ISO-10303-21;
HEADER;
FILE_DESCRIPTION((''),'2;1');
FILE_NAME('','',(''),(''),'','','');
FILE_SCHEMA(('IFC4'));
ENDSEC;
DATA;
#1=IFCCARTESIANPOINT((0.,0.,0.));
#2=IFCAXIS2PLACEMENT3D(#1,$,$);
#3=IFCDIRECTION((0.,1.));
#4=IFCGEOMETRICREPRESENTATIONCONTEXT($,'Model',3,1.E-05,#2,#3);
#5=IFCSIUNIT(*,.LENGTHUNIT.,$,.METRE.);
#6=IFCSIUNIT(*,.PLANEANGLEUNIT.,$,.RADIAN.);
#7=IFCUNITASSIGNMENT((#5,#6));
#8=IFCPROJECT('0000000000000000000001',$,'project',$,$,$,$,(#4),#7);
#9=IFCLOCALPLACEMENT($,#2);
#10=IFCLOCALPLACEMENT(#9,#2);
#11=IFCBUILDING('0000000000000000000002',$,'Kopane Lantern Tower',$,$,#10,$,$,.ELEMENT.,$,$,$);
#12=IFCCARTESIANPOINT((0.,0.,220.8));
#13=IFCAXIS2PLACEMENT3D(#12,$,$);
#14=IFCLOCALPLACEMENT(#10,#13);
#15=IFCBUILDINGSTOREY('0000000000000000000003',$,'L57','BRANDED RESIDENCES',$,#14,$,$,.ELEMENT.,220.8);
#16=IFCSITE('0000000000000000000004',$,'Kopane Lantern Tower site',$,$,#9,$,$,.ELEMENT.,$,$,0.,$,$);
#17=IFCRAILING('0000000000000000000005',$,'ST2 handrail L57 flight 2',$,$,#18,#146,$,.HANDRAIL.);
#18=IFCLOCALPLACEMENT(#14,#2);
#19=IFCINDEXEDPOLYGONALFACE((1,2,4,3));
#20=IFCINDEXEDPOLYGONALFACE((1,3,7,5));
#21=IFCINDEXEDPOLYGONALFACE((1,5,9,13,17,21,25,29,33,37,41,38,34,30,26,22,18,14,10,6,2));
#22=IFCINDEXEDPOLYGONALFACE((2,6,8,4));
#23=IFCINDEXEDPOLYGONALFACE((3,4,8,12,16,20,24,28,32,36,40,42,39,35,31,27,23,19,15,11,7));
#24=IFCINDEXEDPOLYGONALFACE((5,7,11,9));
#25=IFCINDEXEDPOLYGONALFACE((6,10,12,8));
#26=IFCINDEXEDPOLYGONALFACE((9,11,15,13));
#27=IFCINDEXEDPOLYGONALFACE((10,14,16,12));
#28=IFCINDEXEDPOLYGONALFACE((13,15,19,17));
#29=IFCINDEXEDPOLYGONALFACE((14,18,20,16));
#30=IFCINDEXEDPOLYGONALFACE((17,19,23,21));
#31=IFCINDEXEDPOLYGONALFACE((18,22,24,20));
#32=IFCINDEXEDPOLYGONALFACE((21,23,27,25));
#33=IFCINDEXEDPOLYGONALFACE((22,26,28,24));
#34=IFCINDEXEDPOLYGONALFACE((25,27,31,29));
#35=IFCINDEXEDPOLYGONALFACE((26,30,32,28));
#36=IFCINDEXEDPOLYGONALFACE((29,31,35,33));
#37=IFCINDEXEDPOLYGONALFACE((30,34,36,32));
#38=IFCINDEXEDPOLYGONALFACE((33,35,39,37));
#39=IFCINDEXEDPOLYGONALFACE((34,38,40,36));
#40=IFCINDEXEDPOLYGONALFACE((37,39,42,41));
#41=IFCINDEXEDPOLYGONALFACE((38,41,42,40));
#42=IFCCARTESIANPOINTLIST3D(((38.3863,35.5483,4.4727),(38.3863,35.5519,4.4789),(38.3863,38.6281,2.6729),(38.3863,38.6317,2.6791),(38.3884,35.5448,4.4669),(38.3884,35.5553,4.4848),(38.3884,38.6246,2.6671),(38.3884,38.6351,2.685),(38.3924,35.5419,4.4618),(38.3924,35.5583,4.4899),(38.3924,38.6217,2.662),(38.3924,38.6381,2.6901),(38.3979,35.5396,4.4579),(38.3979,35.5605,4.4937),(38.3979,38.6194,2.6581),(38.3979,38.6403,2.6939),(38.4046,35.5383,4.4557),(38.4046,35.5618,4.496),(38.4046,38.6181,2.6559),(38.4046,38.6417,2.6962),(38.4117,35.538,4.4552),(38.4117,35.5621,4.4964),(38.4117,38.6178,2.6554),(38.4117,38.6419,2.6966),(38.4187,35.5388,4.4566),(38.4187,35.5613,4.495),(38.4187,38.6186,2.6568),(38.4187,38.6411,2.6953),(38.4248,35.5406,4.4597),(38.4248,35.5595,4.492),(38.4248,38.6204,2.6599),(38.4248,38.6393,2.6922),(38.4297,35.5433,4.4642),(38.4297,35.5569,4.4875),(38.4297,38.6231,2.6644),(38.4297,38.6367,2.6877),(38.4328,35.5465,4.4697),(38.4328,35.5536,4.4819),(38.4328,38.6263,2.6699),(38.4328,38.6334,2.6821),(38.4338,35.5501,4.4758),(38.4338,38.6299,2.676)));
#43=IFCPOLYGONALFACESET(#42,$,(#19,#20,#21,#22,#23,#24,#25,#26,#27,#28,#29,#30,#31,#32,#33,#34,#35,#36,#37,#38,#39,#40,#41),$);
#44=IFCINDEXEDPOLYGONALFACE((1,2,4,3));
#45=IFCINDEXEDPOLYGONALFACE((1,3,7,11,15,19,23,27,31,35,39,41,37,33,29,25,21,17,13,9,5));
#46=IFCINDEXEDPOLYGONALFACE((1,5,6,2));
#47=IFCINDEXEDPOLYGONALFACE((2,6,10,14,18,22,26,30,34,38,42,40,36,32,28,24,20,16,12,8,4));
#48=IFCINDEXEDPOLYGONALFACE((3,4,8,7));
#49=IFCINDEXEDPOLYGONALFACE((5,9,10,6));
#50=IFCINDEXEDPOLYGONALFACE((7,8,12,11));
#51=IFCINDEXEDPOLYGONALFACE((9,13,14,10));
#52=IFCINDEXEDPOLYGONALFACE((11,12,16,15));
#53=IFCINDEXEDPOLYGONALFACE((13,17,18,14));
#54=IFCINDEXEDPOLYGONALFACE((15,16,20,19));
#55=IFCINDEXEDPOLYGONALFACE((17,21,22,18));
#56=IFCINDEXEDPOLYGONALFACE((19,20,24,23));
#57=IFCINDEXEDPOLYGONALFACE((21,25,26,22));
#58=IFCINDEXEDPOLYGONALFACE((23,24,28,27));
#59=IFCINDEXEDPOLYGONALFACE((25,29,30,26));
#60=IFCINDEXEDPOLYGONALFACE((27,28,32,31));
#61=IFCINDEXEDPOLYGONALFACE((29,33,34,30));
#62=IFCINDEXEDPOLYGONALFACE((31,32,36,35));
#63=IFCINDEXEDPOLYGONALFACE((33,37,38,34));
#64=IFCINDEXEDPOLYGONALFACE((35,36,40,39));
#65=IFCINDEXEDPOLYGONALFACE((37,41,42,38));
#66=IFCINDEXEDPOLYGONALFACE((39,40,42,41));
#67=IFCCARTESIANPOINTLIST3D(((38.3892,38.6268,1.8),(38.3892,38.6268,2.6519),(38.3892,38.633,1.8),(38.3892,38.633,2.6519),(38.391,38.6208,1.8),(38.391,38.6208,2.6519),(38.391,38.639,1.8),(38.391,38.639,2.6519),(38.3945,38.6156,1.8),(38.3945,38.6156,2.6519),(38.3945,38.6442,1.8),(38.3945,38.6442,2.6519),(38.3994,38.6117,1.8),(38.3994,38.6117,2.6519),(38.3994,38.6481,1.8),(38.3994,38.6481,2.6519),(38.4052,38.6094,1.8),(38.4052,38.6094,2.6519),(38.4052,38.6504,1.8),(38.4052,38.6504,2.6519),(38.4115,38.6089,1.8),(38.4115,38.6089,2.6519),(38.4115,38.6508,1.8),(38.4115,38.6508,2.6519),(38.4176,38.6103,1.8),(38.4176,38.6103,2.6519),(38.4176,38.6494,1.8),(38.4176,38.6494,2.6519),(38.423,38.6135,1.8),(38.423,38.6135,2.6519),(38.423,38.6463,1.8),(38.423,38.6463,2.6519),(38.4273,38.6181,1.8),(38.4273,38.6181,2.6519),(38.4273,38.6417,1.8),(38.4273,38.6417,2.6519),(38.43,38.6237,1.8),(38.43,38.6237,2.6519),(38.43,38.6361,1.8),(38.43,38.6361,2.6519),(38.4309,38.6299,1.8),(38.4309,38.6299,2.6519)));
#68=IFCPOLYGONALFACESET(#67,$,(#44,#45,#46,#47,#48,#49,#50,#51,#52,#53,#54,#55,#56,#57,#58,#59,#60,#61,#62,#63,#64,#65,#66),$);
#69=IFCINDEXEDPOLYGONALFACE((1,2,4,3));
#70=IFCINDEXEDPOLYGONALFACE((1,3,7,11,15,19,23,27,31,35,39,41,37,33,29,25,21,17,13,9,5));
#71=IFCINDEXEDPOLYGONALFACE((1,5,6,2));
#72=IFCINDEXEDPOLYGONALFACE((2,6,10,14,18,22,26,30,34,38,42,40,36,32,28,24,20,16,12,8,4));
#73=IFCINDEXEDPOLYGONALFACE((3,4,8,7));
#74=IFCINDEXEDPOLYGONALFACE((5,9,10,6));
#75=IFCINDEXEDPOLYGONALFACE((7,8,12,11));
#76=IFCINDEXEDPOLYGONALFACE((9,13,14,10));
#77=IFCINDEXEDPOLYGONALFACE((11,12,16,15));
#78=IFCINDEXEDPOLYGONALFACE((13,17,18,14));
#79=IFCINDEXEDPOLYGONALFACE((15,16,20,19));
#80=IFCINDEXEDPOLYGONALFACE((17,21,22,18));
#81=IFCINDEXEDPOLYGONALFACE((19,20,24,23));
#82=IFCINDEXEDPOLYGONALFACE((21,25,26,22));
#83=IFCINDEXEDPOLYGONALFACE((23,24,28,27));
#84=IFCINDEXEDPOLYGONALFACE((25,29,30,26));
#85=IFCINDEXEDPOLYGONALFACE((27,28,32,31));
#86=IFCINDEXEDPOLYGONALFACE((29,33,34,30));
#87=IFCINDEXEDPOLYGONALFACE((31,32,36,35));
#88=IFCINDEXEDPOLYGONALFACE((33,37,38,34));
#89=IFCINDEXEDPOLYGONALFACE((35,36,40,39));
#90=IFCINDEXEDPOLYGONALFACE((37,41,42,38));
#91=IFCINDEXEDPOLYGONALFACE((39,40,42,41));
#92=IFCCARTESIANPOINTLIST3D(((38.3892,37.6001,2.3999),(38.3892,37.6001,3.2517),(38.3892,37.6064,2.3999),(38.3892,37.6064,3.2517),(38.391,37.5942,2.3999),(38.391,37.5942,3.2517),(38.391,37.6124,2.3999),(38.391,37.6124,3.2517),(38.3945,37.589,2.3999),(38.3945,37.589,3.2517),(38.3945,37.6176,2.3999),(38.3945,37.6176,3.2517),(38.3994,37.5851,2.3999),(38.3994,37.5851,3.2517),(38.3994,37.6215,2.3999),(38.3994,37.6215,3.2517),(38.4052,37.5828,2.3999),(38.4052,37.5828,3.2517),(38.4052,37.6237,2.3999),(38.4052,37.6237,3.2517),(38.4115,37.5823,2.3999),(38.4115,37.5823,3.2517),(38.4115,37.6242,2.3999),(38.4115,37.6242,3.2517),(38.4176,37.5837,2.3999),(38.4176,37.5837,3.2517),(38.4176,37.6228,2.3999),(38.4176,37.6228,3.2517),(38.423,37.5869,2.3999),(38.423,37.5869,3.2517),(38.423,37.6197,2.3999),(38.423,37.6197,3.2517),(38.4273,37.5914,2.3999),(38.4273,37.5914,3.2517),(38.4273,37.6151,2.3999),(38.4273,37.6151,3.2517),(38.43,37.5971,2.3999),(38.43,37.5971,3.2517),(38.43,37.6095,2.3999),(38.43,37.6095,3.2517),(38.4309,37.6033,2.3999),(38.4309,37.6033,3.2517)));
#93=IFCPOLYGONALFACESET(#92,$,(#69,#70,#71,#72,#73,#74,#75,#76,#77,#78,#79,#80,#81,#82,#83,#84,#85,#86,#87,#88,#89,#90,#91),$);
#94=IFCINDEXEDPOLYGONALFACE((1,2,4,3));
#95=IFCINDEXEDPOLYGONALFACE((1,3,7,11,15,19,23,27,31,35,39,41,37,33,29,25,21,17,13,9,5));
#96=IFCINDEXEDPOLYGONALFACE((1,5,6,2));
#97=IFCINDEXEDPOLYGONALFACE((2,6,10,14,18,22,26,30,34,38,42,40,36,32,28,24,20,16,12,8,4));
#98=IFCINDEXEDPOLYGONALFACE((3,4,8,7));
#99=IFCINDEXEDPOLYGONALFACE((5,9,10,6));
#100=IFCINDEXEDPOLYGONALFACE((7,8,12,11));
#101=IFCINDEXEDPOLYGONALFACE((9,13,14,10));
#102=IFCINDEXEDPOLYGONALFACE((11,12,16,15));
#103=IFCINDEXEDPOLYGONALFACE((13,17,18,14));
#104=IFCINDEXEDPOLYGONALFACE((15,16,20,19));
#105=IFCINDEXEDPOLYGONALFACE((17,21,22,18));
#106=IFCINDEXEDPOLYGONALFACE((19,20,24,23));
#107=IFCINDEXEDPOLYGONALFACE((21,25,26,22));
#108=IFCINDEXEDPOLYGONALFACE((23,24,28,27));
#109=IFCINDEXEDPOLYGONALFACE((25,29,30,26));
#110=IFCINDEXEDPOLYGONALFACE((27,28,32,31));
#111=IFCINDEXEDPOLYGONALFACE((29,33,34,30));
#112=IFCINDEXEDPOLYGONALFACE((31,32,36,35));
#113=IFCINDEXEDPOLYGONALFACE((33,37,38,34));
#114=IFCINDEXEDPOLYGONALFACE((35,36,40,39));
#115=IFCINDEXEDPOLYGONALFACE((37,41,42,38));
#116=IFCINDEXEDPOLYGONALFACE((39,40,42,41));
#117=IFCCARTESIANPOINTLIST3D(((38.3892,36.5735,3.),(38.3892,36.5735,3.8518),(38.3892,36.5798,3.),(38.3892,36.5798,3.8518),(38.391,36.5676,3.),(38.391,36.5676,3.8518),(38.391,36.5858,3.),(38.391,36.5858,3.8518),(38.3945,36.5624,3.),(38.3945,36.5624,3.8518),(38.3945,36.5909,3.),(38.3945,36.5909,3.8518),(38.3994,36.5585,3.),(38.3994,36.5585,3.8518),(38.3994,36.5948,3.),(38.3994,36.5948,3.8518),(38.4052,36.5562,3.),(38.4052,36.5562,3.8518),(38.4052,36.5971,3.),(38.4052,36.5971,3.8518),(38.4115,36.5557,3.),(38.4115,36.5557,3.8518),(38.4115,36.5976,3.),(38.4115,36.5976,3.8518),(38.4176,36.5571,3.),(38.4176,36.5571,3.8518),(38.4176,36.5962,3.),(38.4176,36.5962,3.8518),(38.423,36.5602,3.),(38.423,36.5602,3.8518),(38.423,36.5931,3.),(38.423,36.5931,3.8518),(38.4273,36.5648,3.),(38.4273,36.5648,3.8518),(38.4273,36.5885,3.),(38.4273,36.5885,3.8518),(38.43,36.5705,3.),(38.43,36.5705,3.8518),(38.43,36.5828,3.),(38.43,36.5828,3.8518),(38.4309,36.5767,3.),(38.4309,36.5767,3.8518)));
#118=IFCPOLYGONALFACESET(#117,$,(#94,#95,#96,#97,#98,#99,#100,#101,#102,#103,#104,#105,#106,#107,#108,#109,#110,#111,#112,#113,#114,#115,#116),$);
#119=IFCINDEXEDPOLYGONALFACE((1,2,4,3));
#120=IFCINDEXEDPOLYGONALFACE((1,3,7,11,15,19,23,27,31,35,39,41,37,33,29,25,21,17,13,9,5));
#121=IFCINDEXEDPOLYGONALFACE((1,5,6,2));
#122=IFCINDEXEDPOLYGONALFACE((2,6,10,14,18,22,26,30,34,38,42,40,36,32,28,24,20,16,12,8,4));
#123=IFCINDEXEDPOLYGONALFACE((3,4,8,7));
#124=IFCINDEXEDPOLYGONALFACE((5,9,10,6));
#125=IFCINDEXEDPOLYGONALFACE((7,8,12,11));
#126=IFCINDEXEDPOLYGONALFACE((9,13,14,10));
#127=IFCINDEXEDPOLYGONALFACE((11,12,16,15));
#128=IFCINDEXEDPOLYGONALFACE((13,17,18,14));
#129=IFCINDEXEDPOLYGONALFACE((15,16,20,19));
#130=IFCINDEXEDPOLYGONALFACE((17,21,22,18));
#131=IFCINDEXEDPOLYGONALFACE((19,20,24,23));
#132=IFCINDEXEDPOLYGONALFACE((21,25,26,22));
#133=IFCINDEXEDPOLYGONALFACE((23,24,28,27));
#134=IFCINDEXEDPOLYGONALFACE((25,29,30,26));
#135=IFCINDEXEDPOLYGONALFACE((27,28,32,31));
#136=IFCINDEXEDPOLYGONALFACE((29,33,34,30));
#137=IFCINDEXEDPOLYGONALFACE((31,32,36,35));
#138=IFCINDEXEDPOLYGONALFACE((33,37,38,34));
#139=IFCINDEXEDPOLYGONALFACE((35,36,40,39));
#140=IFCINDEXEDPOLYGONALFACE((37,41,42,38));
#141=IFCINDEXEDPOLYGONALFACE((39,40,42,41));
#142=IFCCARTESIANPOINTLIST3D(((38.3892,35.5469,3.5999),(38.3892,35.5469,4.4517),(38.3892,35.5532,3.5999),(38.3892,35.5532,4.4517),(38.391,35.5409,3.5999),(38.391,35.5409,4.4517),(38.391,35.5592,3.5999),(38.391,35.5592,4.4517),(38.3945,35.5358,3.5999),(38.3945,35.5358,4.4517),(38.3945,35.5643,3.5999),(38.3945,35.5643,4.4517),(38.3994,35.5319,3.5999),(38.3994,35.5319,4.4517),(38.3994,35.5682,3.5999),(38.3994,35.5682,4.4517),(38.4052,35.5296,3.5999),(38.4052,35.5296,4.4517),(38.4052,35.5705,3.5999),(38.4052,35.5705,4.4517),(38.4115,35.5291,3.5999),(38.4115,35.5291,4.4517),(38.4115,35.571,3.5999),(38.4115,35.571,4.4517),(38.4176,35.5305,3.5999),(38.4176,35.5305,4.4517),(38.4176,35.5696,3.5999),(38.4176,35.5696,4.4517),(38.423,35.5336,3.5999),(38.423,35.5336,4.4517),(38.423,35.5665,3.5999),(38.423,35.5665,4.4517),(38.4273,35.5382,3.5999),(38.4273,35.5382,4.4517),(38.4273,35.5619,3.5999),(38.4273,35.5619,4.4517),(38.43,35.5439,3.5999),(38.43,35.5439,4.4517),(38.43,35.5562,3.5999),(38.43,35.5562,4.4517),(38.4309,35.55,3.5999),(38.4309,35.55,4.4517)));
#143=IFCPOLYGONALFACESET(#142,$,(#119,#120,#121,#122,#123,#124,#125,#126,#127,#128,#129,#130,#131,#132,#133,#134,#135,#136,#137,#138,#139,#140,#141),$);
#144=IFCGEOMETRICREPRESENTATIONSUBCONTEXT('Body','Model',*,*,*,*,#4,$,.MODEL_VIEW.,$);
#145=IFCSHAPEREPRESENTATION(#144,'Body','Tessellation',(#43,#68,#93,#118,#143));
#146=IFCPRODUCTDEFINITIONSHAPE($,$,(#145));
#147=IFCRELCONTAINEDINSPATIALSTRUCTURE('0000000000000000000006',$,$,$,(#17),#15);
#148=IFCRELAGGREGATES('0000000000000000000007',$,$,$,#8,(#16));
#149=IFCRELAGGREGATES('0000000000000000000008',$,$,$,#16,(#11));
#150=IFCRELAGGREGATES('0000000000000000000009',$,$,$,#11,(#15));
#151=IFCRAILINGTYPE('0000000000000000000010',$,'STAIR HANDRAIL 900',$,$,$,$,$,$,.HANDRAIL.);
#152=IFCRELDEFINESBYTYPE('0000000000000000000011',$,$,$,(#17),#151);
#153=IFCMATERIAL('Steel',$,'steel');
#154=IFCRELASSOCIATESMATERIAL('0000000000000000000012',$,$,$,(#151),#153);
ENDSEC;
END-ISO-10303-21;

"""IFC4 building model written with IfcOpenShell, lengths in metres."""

from ifc_helpers import new_model, si_unit, direction, frame, origin, origin_2d, place, context, subcontext, project, spatial, circle, extrude, material, type_object, element, save


model = new_model("IFC4")

# Units and contexts
model_context = context("Model", 3, precision=1e-05, world=origin(), true_north=direction((0.0, 1.0)))
body_context = subcontext(model_context, "Body", "Model", "MODEL_VIEW")
ifc_project = project(units=[si_unit("LENGTHUNIT", "METRE"), si_unit("PLANEANGLEUNIT", "RADIAN")], contexts=[model_context])

# Site, building, storey
site_placement = place(None, origin())
site = spatial("IfcSite", under=ifc_project, at=site_placement, Name="Kopane Lantern Tower site", CompositionType="ELEMENT", RefElevation=0.0)
building_placement = place(site_placement, origin())
building = spatial("IfcBuilding", under=site, at=building_placement, Name="Kopane Lantern Tower", CompositionType="ELEMENT")
storey_placement = place(building_placement, frame((0.0, 0.0, 220.8)))
storey = spatial("IfcBuildingStorey", under=building, at=storey_placement, Name="L57", Description="BRANDED RESIDENCES", CompositionType="ELEMENT", Elevation=220.8)

# Railing
ifc_material_1 = material(Name="Steel", Category="steel")
railing_type_1 = type_object("IfcRailingType", Name="STAIR HANDRAIL 900", PredefinedType="HANDRAIL", material=ifc_material_1)
for number, where, name in (
    (1, (38.4099, 38.6299, 1.8), "ST2 handrail L57 flight 2"),
):
    element("IfcRailing", number, at=place(storey_placement, frame(where)), inside=storey, type_object=railing_type_1, Name=name, PredefinedType="HANDRAIL", context=body_context, shape_type="SweptSolid", body=[
        extrude(circle(Radius=0.0239, at=origin_2d()), frame((0.0, 0.0, 0.876), z_axis=(0.0, -0.863384, 0.504547), x_axis=(1.0, 0.0, 0.0)), (0.0, 0.0, 1.0), 3.5671),
        extrude(circle(Radius=0.021, at=origin_2d()), origin(), (0.0, 0.0, 1.0), 0.8518),
        extrude(circle(Radius=0.021, at=origin_2d()), frame((0.0, -1.0266, 0.5999)), (0.0, 0.0, 1.0), 0.8518),
        extrude(circle(Radius=0.021, at=origin_2d()), frame((0.0, -2.0532, 1.2)), (0.0, 0.0, 1.0), 0.8518),
        extrude(circle(Radius=0.021, at=origin_2d()), frame((0.0, -3.0798, 1.7998)), (0.0, 0.0, 1.0), 0.8518),
    ])

save(model, "model.ifc")
